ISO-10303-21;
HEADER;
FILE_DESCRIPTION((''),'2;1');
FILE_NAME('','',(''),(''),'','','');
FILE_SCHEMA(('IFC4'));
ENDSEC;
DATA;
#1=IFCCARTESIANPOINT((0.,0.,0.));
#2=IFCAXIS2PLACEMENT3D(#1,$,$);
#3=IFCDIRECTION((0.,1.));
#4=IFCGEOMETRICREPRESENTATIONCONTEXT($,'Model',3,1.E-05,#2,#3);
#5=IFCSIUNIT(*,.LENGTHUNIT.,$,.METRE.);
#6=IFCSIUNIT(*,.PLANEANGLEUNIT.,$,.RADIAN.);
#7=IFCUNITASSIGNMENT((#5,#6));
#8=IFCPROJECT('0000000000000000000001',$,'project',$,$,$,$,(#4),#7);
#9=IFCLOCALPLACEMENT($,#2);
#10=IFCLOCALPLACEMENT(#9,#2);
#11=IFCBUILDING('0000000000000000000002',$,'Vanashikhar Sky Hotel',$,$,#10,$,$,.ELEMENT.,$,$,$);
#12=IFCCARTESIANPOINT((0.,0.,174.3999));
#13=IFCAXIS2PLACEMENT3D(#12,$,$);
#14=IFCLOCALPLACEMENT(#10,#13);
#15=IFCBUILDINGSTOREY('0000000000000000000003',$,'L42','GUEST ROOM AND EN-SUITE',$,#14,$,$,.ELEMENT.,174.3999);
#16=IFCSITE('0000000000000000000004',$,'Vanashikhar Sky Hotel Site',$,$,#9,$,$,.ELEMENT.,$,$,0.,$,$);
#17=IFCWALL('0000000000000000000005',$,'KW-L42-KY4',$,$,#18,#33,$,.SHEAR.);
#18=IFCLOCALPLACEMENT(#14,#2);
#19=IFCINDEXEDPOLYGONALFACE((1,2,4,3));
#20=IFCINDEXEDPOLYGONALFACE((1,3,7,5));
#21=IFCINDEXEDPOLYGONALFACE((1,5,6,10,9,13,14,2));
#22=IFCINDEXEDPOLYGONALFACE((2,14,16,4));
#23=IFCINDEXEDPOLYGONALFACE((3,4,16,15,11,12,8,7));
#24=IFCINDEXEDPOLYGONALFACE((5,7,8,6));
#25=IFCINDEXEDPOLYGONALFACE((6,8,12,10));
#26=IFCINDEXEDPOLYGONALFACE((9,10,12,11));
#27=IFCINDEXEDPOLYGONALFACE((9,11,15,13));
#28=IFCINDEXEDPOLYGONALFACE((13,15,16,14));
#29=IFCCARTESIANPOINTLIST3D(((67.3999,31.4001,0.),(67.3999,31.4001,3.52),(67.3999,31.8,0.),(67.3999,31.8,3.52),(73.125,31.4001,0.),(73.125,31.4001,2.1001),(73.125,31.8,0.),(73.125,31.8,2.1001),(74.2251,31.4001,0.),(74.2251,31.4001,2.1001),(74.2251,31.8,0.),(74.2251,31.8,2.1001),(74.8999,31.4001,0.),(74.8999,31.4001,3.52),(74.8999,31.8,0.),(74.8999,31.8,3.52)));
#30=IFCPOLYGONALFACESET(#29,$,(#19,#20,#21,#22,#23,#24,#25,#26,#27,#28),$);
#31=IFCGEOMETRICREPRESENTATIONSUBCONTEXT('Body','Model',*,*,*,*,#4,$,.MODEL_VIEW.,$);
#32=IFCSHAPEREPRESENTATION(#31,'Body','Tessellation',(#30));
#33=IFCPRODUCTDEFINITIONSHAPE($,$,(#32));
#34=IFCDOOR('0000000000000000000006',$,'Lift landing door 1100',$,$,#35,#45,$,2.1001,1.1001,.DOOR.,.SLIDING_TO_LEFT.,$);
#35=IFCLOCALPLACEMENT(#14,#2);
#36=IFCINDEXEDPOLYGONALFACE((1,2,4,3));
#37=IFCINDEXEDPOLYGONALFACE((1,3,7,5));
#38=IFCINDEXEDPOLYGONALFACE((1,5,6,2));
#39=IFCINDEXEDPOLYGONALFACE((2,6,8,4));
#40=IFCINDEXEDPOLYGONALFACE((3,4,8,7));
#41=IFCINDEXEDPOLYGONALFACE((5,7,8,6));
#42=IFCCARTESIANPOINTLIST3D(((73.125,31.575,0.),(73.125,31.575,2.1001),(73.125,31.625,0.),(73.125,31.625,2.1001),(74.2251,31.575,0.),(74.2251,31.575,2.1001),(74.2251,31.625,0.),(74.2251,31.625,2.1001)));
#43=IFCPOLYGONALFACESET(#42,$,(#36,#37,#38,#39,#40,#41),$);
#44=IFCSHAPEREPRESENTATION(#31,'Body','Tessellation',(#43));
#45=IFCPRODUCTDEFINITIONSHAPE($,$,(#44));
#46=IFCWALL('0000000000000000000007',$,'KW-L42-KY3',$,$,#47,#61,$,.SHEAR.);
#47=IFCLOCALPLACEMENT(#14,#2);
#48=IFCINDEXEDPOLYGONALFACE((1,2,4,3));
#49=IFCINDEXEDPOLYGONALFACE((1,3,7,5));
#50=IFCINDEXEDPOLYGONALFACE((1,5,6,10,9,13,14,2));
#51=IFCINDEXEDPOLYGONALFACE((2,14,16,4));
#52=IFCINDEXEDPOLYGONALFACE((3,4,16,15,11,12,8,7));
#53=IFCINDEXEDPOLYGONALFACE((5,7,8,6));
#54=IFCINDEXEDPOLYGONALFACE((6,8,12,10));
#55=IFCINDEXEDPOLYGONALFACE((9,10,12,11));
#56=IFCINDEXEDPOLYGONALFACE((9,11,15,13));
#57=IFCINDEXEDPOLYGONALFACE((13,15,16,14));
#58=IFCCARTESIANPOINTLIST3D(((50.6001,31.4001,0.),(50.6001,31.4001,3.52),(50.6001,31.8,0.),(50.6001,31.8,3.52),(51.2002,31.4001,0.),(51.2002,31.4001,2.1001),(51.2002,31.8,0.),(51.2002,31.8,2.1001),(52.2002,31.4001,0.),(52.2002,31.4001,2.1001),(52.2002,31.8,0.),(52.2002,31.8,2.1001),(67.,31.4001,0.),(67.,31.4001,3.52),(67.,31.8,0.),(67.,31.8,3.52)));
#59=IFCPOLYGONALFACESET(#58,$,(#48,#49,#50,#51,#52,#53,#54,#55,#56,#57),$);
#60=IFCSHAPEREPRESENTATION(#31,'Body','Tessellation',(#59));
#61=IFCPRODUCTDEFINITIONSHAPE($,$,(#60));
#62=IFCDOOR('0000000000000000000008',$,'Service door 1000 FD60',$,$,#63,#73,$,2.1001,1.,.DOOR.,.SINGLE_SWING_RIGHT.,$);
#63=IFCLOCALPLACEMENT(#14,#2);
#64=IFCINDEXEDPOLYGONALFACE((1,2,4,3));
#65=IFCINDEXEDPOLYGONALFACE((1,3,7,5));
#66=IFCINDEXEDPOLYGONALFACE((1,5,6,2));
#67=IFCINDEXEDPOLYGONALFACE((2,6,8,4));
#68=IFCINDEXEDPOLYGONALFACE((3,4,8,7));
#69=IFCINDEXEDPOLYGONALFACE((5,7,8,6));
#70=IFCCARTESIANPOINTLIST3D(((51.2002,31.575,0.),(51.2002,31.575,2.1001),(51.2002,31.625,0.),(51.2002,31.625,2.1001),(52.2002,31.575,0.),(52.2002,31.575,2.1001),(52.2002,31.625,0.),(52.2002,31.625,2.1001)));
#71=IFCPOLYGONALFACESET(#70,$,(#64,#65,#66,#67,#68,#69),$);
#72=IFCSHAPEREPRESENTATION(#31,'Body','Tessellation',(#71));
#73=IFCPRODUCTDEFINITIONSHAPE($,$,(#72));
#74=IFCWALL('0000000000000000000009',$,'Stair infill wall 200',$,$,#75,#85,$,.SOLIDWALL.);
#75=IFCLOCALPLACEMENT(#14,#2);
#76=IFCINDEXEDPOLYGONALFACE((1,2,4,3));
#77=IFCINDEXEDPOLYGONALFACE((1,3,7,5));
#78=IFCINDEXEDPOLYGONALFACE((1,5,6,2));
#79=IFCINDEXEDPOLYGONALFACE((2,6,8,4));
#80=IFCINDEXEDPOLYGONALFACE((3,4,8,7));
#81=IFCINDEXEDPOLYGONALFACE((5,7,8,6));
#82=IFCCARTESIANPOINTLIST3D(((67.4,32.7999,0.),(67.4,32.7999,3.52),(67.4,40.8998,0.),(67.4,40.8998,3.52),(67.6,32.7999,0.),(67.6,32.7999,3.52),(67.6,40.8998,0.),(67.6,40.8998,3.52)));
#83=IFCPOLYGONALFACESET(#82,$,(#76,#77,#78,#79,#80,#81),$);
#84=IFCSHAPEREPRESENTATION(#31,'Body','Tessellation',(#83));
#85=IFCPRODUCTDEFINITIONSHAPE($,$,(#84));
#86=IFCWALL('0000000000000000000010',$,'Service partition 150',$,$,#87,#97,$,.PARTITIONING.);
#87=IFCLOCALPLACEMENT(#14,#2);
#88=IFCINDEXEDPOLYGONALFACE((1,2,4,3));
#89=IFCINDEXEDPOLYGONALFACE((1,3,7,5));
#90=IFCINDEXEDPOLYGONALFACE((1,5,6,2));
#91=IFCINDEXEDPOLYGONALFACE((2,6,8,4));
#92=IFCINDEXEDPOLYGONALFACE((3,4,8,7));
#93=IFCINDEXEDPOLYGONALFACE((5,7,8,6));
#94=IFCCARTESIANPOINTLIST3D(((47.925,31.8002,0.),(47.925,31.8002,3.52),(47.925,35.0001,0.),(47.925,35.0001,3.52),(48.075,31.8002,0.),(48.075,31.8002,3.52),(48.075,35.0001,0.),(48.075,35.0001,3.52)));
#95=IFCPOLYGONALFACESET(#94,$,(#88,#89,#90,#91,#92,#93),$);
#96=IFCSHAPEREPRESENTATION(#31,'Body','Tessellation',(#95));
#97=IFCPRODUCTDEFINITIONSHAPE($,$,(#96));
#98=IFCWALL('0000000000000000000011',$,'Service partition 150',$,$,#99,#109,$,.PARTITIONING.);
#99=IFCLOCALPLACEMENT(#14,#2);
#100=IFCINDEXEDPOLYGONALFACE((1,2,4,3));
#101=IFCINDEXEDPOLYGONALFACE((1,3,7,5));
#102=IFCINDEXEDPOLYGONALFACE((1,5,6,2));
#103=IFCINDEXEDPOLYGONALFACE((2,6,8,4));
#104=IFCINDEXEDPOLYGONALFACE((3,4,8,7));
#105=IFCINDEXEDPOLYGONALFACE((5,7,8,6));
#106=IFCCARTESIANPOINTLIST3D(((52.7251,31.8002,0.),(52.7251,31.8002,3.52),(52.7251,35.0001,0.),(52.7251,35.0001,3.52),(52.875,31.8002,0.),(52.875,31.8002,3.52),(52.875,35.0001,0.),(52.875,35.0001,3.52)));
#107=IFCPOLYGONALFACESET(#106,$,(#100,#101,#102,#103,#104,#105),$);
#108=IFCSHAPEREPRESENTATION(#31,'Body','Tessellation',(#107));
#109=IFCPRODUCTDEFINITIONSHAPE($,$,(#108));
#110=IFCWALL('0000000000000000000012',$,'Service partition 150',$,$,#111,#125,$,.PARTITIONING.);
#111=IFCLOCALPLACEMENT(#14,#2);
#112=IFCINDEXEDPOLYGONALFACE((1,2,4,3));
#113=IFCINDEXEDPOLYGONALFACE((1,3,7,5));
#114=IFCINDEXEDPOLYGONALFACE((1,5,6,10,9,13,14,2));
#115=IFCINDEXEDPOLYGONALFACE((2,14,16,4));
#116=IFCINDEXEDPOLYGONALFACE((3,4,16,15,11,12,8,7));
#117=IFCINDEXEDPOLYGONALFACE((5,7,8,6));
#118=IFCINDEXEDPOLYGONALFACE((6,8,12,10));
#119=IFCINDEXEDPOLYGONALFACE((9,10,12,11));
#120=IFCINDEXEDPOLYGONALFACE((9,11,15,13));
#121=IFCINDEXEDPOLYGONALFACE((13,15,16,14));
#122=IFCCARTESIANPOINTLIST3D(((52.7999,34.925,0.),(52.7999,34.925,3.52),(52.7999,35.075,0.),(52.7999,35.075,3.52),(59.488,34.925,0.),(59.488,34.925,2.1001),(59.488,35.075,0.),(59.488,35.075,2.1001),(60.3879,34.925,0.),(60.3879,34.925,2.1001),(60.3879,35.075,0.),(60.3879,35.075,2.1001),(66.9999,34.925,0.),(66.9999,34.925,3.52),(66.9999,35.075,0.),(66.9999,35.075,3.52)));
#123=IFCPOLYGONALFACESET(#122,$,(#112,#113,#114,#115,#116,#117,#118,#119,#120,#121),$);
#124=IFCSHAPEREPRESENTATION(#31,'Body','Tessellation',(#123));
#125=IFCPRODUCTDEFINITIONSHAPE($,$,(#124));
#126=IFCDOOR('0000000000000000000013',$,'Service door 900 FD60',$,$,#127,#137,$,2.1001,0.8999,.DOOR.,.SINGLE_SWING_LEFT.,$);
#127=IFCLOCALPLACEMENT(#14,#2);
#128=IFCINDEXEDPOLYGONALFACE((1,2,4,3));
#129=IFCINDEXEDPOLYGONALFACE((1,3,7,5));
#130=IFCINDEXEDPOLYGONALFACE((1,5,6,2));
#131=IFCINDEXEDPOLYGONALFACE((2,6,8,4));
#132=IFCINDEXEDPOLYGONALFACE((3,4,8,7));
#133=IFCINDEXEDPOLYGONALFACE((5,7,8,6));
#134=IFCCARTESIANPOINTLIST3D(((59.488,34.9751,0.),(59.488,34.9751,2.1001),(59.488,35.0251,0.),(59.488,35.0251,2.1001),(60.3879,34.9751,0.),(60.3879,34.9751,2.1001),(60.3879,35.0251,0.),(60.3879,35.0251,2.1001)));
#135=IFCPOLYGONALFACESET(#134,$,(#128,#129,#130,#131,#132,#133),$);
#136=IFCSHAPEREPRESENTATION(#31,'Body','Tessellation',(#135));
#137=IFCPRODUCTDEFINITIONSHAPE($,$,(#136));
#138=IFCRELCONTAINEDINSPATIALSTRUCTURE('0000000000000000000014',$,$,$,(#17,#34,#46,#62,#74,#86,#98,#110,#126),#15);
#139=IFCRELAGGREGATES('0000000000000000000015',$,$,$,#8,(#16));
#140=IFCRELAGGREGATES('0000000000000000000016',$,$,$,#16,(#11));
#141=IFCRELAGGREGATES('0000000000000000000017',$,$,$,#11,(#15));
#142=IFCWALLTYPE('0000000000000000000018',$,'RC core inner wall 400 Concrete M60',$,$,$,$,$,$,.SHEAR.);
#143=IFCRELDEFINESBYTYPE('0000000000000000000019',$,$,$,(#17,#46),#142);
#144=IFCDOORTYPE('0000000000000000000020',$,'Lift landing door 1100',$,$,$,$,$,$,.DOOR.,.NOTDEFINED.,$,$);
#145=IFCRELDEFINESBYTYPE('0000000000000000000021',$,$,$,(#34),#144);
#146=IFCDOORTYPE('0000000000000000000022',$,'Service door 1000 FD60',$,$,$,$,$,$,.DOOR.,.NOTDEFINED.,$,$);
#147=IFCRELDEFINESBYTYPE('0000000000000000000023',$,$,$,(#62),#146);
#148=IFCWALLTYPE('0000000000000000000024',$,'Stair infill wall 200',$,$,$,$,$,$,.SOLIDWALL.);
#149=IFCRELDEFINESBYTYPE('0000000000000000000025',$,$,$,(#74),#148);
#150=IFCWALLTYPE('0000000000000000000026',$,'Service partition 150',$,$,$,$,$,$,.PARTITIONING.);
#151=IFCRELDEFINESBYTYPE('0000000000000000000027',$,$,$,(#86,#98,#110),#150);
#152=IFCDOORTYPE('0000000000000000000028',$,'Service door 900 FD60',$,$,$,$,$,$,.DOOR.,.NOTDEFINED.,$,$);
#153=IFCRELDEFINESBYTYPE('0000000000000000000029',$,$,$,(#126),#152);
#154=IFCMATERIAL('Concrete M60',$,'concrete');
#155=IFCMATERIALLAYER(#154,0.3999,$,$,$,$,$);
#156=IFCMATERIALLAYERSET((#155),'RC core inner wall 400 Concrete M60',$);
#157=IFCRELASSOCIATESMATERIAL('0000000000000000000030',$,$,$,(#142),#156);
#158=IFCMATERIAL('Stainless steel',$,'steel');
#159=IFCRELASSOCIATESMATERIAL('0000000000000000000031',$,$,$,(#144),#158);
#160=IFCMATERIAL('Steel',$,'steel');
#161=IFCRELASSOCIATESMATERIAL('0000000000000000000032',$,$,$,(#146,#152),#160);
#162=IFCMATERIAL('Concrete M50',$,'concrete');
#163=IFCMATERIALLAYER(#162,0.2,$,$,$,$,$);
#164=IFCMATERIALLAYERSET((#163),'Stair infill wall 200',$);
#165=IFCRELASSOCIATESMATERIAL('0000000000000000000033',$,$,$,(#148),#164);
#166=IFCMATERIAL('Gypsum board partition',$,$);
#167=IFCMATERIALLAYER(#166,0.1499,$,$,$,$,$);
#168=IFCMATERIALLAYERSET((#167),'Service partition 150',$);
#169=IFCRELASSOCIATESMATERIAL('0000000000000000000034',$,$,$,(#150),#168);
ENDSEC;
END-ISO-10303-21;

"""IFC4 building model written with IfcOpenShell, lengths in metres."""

from ifc_helpers import new_model, si_unit, direction, frame, frame_2d, origin, place, context, subcontext, project, spatial, rectangle, extrude, source, transform, mapped, material, layer, layer_set, type_object, element, fill, save


model = new_model("IFC4")

# Units and contexts
model_context = context("Model", 3, precision=1e-05, world=origin(), true_north=direction((0.0, 1.0)))
body_context = subcontext(model_context, "Body", "Model", "MODEL_VIEW")
ifc_project = project(units=[si_unit("LENGTHUNIT", "METRE"), si_unit("PLANEANGLEUNIT", "RADIAN")], contexts=[model_context])

# Site, building, storey
site_placement = place(None, origin())
site = spatial("IfcSite", under=ifc_project, at=site_placement, Name="Vanashikhar Sky Hotel Site", CompositionType="ELEMENT", RefElevation=0.0)
building_placement = place(site_placement, origin())
building = spatial("IfcBuilding", under=site, at=building_placement, Name="Vanashikhar Sky Hotel", CompositionType="ELEMENT")
storey_placement = place(building_placement, frame((0.0, 0.0, 174.3999)))
storey = spatial("IfcBuildingStorey", under=building, at=storey_placement, Name="L42", Description="GUEST ROOM AND EN-SUITE", CompositionType="ELEMENT", Elevation=174.3999)

# Walls, openings, doors
ifc_material_1 = material(Name="Concrete M60", Category="concrete")
ifc_layer_1 = layer(ifc_material_1, 0.3999)
ifc_layer_set_1 = layer_set([ifc_layer_1], Name="RC core inner wall 400 Concrete M60")
wall_type_1 = type_object("IfcWallType", Name="RC core inner wall 400 Concrete M60", PredefinedType="SHEAR", material=ifc_layer_set_1)
shared_shape_1 = source(origin(), body_context, "Body", "SweptSolid", [
    extrude(rectangle(XDim=7.5, YDim=0.3999, at=frame_2d((3.75, 0.0))), origin(), (0.0, 0.0, 1.0), 3.52),
])
wall_1_placement = place(storey_placement, frame((67.3999, 31.6001, 0.0), z_axis=(0.0, 0.0, 1.0), x_axis=(1.0, 0.0, 0.0)))
wall_1 = element("IfcWall", 1, at=wall_1_placement, inside=storey, type_object=wall_type_1, Name="KW-L42-KY4", PredefinedType="SHEAR", context=body_context, shape_type="MappedRepresentation", body=[
    mapped(shared_shape_1, transform((0.0, 0.0, 0.0), scale=1.0)),
])
shared_shape_2 = source(origin(), body_context, "Body", "SweptSolid", [
    extrude(rectangle(XDim=1.1001, YDim=2.1001, at=frame_2d((0.55, 1.05))), frame((0.0, 0.21, 0.0), z_axis=(0.0, -1.0, 0.0), x_axis=(1.0, 0.0, 0.0)), (0.0, 0.0, 1.0), 0.4199),
])
opening_1_placement = place(wall_1_placement, frame((5.7251, 0.0, 0.0)))
opening_1 = element("IfcOpeningElement", 2, at=opening_1_placement, cuts=wall_1, PredefinedType="OPENING", context=body_context, shape_type="MappedRepresentation", body=[
    mapped(shared_shape_2, transform((0.0, 0.0, 0.0), scale=1.0)),
])
ifc_material_2 = material(Name="Stainless steel", Category="steel")
door_type_1 = type_object("IfcDoorType", Name="Lift landing door 1100", OperationType="NOTDEFINED", PredefinedType="DOOR", material=ifc_material_2)
shared_shape_3 = source(origin(), body_context, "Body", "SweptSolid", [
    extrude(rectangle(XDim=1.1001, YDim=2.1001, at=frame_2d((0.55, 1.05))), frame((0.0, 0.0249, 0.0), z_axis=(0.0, -1.0, 0.0), x_axis=(1.0, 0.0, 0.0)), (0.0, 0.0, 1.0), 0.05),
])
door_1_placement = place(opening_1_placement, origin())
door_1 = element("IfcDoor", 3, at=door_1_placement, inside=storey, type_object=door_type_1, Name="Lift landing door 1100", OperationType="SLIDING_TO_LEFT", OverallHeight=2.1001, OverallWidth=1.1001, PredefinedType="DOOR", context=body_context, shape_type="MappedRepresentation", body=[
    mapped(shared_shape_3, transform((0.0, 0.0, 0.0), scale=1.0)),
])
fill(opening_1, door_1)
shared_shape_4 = source(origin(), body_context, "Body", "SweptSolid", [
    extrude(rectangle(XDim=16.3999, YDim=0.3999, at=frame_2d((8.2, 0.0))), origin(), (0.0, 0.0, 1.0), 3.52),
])
wall_2_placement = place(storey_placement, frame((50.6001, 31.6001, 0.0), z_axis=(0.0, 0.0, 1.0), x_axis=(1.0, 0.0, 0.0)))
wall_2 = element("IfcWall", 4, at=wall_2_placement, inside=storey, type_object=wall_type_1, Name="KW-L42-KY3", PredefinedType="SHEAR", context=body_context, shape_type="MappedRepresentation", body=[
    mapped(shared_shape_4, transform((0.0, 0.0, 0.0), scale=1.0)),
])
shared_shape_5 = source(origin(), body_context, "Body", "SweptSolid", [
    extrude(rectangle(XDim=1.0, YDim=2.1001, at=frame_2d((0.5, 1.05))), frame((0.0, 0.21, 0.0), z_axis=(0.0, -1.0, 0.0), x_axis=(1.0, 0.0, 0.0)), (0.0, 0.0, 1.0), 0.4199),
])
opening_2_placement = place(wall_2_placement, frame((0.6001, 0.0, 0.0)))
opening_2 = element("IfcOpeningElement", 5, at=opening_2_placement, cuts=wall_2, PredefinedType="OPENING", context=body_context, shape_type="MappedRepresentation", body=[
    mapped(shared_shape_5, transform((0.0, 0.0, 0.0), scale=1.0)),
])
ifc_material_3 = material(Name="Steel", Category="steel")
door_type_2 = type_object("IfcDoorType", Name="Service door 1000 FD60", OperationType="NOTDEFINED", PredefinedType="DOOR", material=ifc_material_3)
shared_shape_6 = source(origin(), body_context, "Body", "SweptSolid", [
    extrude(rectangle(XDim=1.0, YDim=2.1001, at=frame_2d((0.5, 1.05))), frame((0.0, 0.0249, 0.0), z_axis=(0.0, -1.0, 0.0), x_axis=(1.0, 0.0, 0.0)), (0.0, 0.0, 1.0), 0.05),
])
door_2_placement = place(opening_2_placement, origin())
door_2 = element("IfcDoor", 6, at=door_2_placement, inside=storey, type_object=door_type_2, Name="Service door 1000 FD60", OperationType="SINGLE_SWING_RIGHT", OverallHeight=2.1001, OverallWidth=1.0, PredefinedType="DOOR", context=body_context, shape_type="MappedRepresentation", body=[
    mapped(shared_shape_6, transform((0.0, 0.0, 0.0), scale=1.0)),
])
fill(opening_2, door_2)

# Walls
ifc_material_4 = material(Name="Concrete M50", Category="concrete")
ifc_layer_2 = layer(ifc_material_4, 0.2)
ifc_layer_set_2 = layer_set([ifc_layer_2], Name="Stair infill wall 200")
wall_type_2 = type_object("IfcWallType", Name="Stair infill wall 200", PredefinedType="SOLIDWALL", material=ifc_layer_set_2)
shared_shape_7 = source(origin(), body_context, "Body", "SweptSolid", [
    extrude(rectangle(XDim=8.0999, YDim=0.2, at=frame_2d((4.0498, 0.0))), origin(), (0.0, 0.0, 1.0), 3.52),
])
wall_3_placement = place(storey_placement, frame((67.5, 32.8, 0.0), z_axis=(0.0, 0.0, 1.0), x_axis=(0.0, 1.0, 0.0)))
element("IfcWall", 7, at=wall_3_placement, inside=storey, type_object=wall_type_2, Name="Stair infill wall 200", PredefinedType="SOLIDWALL", context=body_context, shape_type="MappedRepresentation", body=[
    mapped(shared_shape_7, transform((0.0, 0.0, 0.0), scale=1.0)),
])
ifc_material_5 = material(Name="Gypsum board partition")
ifc_layer_3 = layer(ifc_material_5, 0.1499)
ifc_layer_set_3 = layer_set([ifc_layer_3], Name="Service partition 150")
wall_type_3 = type_object("IfcWallType", Name="Service partition 150", PredefinedType="PARTITIONING", material=ifc_layer_set_3)
shared_shape_8 = source(origin(), body_context, "Body", "SweptSolid", [
    extrude(rectangle(XDim=3.2, YDim=0.1499, at=frame_2d((1.6001, 0.0))), origin(), (0.0, 0.0, 1.0), 3.52),
])
for number, where, z_axis, x_axis, name in (
    (8, (48.0, 31.8, 0.0), (0.0, 0.0, 1.0), (0.0, 1.0, 0.0), "Service partition 150"),
    (9, (52.8, 31.8, 0.0), (0.0, 0.0, 1.0), (0.0, 1.0, 0.0), "Service partition 150"),
):
    element("IfcWall", number, at=place(storey_placement, frame(where, z_axis=z_axis, x_axis=x_axis)), inside=storey, type_object=wall_type_3, Name=name, PredefinedType="PARTITIONING", context=body_context, shape_type="MappedRepresentation", body=[
        mapped(shared_shape_8, transform((0.0, 0.0, 0.0), scale=1.0)),
    ])

# Wall, opening, door
shared_shape_9 = source(origin(), body_context, "Body", "SweptSolid", [
    extrude(rectangle(XDim=14.2, YDim=0.1499, at=frame_2d((7.1001, 0.0))), origin(), (0.0, 0.0, 1.0), 3.52),
])
wall_4_placement = place(storey_placement, frame((67.0, 35.0, 0.0), z_axis=(0.0, 0.0, 1.0), x_axis=(-1.0, 0.0, 0.0)))
wall_4 = element("IfcWall", 10, at=wall_4_placement, inside=storey, type_object=wall_type_3, Name="Service partition 150", PredefinedType="PARTITIONING", context=body_context, shape_type="MappedRepresentation", body=[
    mapped(shared_shape_9, transform((0.0, 0.0, 0.0), scale=1.0)),
])
shared_shape_10 = source(origin(), body_context, "Body", "SweptSolid", [
    extrude(rectangle(XDim=0.8999, YDim=2.1001, at=frame_2d((0.45, 1.05))), frame((0.0, 0.085, 0.0), z_axis=(0.0, -1.0, 0.0), x_axis=(1.0, 0.0, 0.0)), (0.0, 0.0, 1.0), 0.1699),
])
opening_3_placement = place(wall_4_placement, frame((6.6121, 0.0, 0.0)))
opening_3 = element("IfcOpeningElement", 11, at=opening_3_placement, cuts=wall_4, PredefinedType="OPENING", context=body_context, shape_type="MappedRepresentation", body=[
    mapped(shared_shape_10, transform((0.0, 0.0, 0.0), scale=1.0)),
])
door_type_3 = type_object("IfcDoorType", Name="Service door 900 FD60", OperationType="NOTDEFINED", PredefinedType="DOOR", material=ifc_material_3)
shared_shape_11 = source(origin(), body_context, "Body", "SweptSolid", [
    extrude(rectangle(XDim=0.8999, YDim=2.1001, at=frame_2d((0.45, 1.05))), frame((0.0, 0.0249, 0.0), z_axis=(0.0, -1.0, 0.0), x_axis=(1.0, 0.0, 0.0)), (0.0, 0.0, 1.0), 0.05),
])
door_3_placement = place(opening_3_placement, origin())
door_3 = element("IfcDoor", 12, at=door_3_placement, inside=storey, type_object=door_type_3, Name="Service door 900 FD60", OperationType="SINGLE_SWING_LEFT", OverallHeight=2.1001, OverallWidth=0.8999, PredefinedType="DOOR", context=body_context, shape_type="MappedRepresentation", body=[
    mapped(shared_shape_11, transform((0.0, 0.0, 0.0), scale=1.0)),
])
fill(opening_3, door_3)

save(model, "model.ifc")
